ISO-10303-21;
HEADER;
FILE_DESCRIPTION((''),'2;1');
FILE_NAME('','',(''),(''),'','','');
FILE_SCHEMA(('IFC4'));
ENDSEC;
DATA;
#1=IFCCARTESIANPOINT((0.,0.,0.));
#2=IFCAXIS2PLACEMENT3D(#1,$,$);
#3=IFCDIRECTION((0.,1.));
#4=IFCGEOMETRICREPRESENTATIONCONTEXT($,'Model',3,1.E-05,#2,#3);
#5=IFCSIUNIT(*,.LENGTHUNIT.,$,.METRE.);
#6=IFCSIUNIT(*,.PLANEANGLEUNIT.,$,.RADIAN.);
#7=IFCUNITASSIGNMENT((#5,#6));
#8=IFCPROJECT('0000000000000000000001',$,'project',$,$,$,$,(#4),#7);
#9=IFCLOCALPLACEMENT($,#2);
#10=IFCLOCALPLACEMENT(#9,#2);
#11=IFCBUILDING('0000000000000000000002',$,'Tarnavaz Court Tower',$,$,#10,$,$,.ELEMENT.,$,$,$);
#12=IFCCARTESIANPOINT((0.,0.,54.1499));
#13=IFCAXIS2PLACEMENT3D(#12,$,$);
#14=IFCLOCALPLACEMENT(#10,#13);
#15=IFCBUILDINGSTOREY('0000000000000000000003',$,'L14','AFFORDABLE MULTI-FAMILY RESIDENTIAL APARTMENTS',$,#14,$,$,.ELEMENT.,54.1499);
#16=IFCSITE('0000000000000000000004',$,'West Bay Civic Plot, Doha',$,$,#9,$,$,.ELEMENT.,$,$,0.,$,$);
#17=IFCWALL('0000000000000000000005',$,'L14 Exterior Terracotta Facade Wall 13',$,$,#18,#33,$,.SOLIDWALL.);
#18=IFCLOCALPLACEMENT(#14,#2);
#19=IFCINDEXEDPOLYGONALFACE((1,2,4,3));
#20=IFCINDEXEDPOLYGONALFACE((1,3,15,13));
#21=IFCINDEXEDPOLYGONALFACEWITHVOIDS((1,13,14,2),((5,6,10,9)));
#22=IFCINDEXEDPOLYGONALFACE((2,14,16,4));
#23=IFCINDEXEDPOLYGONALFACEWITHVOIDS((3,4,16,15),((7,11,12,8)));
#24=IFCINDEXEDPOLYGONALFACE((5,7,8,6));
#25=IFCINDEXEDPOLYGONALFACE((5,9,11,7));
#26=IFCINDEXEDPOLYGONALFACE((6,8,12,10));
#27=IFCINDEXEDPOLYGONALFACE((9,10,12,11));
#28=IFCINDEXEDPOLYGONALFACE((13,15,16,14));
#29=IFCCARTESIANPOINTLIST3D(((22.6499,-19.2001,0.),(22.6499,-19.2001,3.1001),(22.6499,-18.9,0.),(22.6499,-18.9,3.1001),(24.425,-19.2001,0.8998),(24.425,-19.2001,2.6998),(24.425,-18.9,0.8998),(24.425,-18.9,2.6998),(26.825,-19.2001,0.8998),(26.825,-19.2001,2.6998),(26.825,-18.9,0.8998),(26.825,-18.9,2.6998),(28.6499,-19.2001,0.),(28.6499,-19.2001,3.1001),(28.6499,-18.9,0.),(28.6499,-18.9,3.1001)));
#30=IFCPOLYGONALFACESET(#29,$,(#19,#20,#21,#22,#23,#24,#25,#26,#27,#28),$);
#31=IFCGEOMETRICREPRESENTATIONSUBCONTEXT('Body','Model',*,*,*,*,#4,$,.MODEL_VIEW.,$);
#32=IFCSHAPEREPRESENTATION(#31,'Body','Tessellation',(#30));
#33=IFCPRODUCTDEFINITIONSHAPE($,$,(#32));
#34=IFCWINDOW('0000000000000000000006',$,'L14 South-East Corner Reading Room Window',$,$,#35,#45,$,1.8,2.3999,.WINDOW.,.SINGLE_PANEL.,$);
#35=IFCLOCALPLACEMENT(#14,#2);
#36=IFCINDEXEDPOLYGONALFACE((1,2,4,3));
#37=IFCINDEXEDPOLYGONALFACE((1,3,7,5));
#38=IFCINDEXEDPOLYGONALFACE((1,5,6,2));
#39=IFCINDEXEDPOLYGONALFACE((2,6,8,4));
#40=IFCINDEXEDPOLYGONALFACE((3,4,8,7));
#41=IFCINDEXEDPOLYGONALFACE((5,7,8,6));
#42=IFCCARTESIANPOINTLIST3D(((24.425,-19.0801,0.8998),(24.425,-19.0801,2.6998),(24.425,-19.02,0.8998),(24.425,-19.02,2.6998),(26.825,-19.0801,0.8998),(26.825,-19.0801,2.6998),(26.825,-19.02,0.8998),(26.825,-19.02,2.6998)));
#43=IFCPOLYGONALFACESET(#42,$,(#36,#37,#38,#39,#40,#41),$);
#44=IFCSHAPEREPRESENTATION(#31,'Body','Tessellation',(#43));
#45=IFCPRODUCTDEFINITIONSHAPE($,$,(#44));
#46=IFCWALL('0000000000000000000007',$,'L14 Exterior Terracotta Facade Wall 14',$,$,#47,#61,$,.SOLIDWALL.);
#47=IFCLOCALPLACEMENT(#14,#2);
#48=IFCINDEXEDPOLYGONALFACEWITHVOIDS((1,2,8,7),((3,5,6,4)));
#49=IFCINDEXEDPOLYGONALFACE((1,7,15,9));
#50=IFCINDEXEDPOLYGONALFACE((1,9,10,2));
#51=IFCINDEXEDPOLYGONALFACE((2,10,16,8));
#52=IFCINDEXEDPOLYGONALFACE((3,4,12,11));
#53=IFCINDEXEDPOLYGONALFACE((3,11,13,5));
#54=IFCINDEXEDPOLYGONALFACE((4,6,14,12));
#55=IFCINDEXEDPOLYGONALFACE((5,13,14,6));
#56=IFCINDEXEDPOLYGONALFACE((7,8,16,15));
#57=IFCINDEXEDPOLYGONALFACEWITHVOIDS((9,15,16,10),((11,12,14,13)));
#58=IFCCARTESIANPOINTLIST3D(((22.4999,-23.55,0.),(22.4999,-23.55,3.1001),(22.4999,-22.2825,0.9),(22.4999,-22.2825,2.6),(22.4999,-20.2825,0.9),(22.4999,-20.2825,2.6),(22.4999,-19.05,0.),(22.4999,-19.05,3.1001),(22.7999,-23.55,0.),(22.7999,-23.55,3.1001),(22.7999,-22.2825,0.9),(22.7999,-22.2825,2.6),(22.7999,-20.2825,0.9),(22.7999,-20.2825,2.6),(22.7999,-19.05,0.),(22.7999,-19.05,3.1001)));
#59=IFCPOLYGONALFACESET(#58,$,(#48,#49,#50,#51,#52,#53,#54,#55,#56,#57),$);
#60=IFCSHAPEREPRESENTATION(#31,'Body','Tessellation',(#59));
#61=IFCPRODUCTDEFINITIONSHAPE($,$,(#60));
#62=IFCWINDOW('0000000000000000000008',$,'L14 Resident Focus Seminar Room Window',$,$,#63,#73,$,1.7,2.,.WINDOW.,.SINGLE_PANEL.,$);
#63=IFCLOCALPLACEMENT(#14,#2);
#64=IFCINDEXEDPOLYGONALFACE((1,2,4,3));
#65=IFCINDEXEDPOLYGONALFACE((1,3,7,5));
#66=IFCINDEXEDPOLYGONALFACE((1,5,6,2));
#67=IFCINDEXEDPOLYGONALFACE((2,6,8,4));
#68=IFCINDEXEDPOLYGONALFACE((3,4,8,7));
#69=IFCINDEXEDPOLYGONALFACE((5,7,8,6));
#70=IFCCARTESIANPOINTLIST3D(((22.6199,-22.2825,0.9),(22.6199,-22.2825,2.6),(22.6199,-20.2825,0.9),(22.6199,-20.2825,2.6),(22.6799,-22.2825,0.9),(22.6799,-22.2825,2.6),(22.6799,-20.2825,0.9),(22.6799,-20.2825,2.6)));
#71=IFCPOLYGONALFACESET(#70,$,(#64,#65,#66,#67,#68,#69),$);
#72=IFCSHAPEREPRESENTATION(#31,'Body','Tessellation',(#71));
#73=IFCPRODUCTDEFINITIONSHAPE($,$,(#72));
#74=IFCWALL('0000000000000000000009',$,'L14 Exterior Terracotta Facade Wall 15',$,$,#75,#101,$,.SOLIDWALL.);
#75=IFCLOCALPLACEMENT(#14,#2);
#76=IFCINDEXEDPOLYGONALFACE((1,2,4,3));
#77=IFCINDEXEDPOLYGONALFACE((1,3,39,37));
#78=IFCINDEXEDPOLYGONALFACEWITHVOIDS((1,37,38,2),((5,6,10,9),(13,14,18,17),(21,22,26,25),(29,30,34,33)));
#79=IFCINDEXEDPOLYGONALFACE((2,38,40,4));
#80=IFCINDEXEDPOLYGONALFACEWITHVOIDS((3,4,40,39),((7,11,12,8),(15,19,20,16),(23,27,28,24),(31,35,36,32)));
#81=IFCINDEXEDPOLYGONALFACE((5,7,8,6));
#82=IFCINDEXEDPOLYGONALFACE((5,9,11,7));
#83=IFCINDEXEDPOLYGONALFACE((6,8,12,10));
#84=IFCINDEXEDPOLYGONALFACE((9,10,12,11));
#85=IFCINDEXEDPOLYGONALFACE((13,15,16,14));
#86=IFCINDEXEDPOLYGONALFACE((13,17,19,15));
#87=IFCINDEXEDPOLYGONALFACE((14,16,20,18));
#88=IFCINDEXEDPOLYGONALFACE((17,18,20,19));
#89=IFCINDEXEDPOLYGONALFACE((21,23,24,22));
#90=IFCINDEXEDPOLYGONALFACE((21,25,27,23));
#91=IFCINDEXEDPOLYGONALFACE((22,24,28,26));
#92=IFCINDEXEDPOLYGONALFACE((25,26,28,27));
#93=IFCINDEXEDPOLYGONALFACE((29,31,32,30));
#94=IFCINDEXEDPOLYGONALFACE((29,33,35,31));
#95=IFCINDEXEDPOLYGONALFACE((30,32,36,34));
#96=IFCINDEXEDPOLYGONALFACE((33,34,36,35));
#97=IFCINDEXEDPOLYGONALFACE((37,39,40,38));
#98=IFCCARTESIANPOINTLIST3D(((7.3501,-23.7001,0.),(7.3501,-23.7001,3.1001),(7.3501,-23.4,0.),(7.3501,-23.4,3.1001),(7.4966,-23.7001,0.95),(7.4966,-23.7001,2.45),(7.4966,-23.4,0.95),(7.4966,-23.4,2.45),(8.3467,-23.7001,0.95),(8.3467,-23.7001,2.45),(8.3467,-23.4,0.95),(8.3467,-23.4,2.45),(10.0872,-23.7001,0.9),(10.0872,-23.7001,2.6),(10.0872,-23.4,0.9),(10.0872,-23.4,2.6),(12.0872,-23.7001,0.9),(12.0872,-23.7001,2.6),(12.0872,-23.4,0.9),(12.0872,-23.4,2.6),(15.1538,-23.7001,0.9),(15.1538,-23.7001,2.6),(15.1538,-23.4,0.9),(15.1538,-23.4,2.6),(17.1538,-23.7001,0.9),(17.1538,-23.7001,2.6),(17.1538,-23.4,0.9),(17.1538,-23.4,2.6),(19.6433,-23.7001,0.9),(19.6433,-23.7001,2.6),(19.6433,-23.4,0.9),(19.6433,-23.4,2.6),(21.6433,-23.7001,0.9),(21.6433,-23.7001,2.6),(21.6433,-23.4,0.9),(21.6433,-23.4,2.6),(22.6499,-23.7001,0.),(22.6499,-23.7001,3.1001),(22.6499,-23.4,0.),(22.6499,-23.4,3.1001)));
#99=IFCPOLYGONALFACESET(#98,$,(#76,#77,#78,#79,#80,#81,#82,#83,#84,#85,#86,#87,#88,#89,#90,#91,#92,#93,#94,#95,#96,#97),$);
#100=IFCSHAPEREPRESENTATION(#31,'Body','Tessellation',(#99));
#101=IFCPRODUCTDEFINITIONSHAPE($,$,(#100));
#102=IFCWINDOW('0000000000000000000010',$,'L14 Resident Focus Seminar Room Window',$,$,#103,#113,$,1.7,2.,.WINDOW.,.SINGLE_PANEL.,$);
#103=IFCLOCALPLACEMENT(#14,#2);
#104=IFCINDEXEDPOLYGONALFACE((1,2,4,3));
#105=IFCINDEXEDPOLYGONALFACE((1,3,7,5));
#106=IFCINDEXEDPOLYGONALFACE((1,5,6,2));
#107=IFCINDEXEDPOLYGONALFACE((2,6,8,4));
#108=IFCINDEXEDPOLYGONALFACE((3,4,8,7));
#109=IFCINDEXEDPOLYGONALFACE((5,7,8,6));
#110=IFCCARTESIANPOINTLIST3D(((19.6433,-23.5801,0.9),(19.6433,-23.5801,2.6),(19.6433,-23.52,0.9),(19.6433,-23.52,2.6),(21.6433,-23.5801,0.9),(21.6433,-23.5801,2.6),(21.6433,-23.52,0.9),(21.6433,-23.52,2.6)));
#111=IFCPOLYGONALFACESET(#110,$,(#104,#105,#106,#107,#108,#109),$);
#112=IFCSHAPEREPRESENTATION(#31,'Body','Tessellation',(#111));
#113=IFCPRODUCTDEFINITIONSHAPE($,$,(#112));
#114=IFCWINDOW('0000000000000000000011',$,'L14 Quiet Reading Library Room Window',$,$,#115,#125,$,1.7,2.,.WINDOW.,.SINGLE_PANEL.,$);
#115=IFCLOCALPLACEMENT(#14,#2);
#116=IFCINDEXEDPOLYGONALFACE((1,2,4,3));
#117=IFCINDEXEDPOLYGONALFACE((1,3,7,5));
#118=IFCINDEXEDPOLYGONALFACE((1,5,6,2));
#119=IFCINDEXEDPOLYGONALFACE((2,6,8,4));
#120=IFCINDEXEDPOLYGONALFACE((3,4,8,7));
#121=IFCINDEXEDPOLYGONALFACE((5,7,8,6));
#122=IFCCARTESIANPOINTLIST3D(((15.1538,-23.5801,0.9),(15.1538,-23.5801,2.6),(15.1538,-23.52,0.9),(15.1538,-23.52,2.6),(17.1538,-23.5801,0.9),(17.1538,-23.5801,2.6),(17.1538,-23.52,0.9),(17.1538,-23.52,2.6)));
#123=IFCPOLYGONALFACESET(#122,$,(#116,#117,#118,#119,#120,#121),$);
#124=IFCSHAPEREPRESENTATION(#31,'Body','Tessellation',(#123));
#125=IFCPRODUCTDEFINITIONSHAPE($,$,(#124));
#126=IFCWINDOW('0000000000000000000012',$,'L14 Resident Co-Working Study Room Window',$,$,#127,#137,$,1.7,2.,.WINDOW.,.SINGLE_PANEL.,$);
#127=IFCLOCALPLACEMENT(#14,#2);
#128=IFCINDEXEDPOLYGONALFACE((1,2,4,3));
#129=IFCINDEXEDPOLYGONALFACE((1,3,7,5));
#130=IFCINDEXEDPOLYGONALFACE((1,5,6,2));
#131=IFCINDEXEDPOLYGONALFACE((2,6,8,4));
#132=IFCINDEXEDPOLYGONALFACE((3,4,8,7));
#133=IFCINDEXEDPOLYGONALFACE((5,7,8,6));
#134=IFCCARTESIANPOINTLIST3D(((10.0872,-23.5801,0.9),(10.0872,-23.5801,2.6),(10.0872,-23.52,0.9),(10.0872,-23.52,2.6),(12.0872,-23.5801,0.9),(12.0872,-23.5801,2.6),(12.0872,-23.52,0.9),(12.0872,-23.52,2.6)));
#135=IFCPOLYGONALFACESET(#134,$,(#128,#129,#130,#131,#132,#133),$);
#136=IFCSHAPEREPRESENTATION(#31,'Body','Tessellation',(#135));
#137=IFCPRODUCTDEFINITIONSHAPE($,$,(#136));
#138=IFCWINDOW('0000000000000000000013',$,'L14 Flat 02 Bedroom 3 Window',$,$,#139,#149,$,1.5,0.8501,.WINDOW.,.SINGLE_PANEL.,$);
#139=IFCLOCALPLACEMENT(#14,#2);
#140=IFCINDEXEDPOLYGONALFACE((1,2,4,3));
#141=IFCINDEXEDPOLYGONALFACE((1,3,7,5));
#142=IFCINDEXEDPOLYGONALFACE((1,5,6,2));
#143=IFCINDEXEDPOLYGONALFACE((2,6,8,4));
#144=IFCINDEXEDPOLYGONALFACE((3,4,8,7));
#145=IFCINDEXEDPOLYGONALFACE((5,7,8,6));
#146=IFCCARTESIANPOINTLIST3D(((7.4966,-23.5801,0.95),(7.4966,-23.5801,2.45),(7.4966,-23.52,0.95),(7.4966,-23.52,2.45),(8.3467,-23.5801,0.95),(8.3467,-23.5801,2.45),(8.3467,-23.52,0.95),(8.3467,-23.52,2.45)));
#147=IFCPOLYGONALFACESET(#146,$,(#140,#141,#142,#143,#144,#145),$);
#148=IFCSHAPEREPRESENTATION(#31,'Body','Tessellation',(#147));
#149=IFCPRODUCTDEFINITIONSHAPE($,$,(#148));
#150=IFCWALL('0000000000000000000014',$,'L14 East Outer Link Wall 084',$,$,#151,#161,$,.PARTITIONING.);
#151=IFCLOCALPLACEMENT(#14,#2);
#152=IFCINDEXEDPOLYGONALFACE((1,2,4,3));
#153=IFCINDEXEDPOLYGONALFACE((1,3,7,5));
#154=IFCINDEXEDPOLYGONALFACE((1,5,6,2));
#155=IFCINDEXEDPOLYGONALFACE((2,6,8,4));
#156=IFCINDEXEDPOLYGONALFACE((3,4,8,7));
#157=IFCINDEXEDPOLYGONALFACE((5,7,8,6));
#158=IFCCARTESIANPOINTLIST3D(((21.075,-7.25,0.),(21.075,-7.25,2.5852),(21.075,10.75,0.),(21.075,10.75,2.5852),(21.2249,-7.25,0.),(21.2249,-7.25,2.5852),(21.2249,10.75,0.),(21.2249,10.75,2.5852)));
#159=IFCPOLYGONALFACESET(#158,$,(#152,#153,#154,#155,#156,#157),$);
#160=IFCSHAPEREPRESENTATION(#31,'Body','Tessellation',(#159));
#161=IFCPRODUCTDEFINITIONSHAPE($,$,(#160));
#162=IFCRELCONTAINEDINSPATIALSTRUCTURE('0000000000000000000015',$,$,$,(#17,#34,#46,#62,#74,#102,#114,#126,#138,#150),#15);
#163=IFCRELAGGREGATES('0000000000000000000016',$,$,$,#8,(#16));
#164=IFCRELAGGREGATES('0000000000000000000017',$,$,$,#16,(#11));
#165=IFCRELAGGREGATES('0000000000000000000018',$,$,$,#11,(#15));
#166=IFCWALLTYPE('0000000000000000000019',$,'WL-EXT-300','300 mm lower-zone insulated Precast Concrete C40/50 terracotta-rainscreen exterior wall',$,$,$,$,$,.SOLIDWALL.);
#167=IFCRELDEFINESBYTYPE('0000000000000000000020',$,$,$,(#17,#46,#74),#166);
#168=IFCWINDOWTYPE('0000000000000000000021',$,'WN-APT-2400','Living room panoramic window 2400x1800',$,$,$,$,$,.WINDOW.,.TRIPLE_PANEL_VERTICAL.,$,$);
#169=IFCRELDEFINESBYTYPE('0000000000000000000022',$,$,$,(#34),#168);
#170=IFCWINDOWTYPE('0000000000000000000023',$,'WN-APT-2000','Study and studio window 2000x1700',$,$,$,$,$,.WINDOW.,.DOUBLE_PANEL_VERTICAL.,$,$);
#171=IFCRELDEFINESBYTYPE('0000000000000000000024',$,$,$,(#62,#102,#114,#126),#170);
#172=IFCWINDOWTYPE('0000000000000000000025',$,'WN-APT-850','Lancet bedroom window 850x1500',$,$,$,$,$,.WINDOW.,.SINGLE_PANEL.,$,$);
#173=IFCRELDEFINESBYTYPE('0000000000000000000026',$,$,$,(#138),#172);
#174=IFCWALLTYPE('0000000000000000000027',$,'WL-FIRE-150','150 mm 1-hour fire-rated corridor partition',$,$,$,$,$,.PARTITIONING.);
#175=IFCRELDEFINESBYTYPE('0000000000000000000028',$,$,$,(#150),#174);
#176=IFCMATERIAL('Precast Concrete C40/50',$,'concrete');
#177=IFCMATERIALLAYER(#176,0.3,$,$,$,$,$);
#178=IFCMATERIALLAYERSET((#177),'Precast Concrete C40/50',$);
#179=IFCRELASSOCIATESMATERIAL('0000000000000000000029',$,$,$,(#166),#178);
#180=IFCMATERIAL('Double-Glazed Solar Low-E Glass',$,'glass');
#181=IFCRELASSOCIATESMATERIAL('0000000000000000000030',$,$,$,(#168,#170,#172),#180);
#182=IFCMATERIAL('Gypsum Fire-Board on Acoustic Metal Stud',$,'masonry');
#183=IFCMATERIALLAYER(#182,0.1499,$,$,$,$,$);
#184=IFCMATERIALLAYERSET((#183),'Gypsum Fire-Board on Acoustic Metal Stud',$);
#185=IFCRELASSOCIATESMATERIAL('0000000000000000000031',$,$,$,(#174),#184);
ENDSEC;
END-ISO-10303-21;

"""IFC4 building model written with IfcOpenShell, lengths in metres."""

from ifc_helpers import new_model, si_unit, direction, frame, frame_2d, origin, place, context, subcontext, project, spatial, rectangle, extrude, material, layer, layer_set, type_object, element, fill, save


model = new_model("IFC4")

# Units and contexts
model_context = context("Model", 3, precision=1e-05, world=origin(), true_north=direction((0.0, 1.0)))
body_context = subcontext(model_context, "Body", "Model", "MODEL_VIEW")
ifc_project = project(units=[si_unit("LENGTHUNIT", "METRE"), si_unit("PLANEANGLEUNIT", "RADIAN")], contexts=[model_context])

# Site, building, storey
site_placement = place(None, origin())
site = spatial("IfcSite", under=ifc_project, at=site_placement, Name="West Bay Civic Plot, Doha", CompositionType="ELEMENT", RefElevation=0.0)
building_placement = place(site_placement, origin())
building = spatial("IfcBuilding", under=site, at=building_placement, Name="Tarnavaz Court Tower", CompositionType="ELEMENT")
storey_placement = place(building_placement, frame((0.0, 0.0, 54.1499)))
storey = spatial("IfcBuildingStorey", under=building, at=storey_placement, Name="L14", Description="AFFORDABLE MULTI-FAMILY RESIDENTIAL APARTMENTS", CompositionType="ELEMENT", Elevation=54.1499)

# Walls, openings, windows
ifc_material_1 = material(Name="Precast Concrete C40/50", Category="concrete")
ifc_layer_1 = layer(ifc_material_1, 0.3)
ifc_layer_set_1 = layer_set([ifc_layer_1], Name="Precast Concrete C40/50")
wall_type_1 = type_object("IfcWallType", Name="WL-EXT-300", Description="300 mm lower-zone insulated Precast Concrete C40/50 terracotta-rainscreen exterior wall", PredefinedType="SOLIDWALL", material=ifc_layer_set_1)
wall_1_placement = place(storey_placement, frame((28.6499, -19.05, 0.0), z_axis=(0.0, 0.0, 1.0), x_axis=(-1.0, 0.0, 0.0)))
wall_1 = element("IfcWall", 1, at=wall_1_placement, inside=storey, type_object=wall_type_1, Name="L14 Exterior Terracotta Facade Wall 13", PredefinedType="SOLIDWALL", context=body_context, shape_type="SweptSolid", body=[
    extrude(rectangle(XDim=6.0, YDim=0.3, at=frame_2d((3.0, 0.0))), origin(), (0.0, 0.0, 1.0), 3.1001),
])
opening_1_placement = place(wall_1_placement, frame((1.825, 0.0, 0.8999)))
opening_1 = element("IfcOpeningElement", 2, at=opening_1_placement, cuts=wall_1, PredefinedType="OPENING", context=body_context, shape_type="SweptSolid", body=[
    extrude(rectangle(XDim=2.3999, YDim=1.8, at=frame_2d((1.2, 0.8999))), frame((0.0, 0.1599, 0.0), z_axis=(0.0, -1.0, 0.0), x_axis=(1.0, 0.0, 0.0)), (0.0, 0.0, 1.0), 0.3201),
])
ifc_material_2 = material(Name="Double-Glazed Solar Low-E Glass", Category="glass")
window_type_1 = type_object("IfcWindowType", Name="WN-APT-2400", Description="Living room panoramic window 2400x1800", PartitioningType="TRIPLE_PANEL_VERTICAL", PredefinedType="WINDOW", material=ifc_material_2)
window_1_placement = place(opening_1_placement, origin())
window_1 = element("IfcWindow", 3, at=window_1_placement, inside=storey, type_object=window_type_1, Name="L14 South-East Corner Reading Room Window", OverallHeight=1.8, OverallWidth=2.3999, PartitioningType="SINGLE_PANEL", PredefinedType="WINDOW", context=body_context, shape_type="SweptSolid", body=[
    extrude(rectangle(XDim=2.3999, YDim=1.8, at=frame_2d((1.2, 0.8999))), frame((0.0, 0.03, 0.0), z_axis=(0.0, -1.0, 0.0), x_axis=(1.0, 0.0, 0.0)), (0.0, 0.0, 1.0), 0.0601),
])
fill(opening_1, window_1)
wall_2_placement = place(storey_placement, frame((22.6499, -19.05, 0.0), z_axis=(0.0, 0.0, 1.0), x_axis=(0.0, -1.0, 0.0)))
wall_2 = element("IfcWall", 4, at=wall_2_placement, inside=storey, type_object=wall_type_1, Name="L14 Exterior Terracotta Facade Wall 14", PredefinedType="SOLIDWALL", context=body_context, shape_type="SweptSolid", body=[
    extrude(rectangle(XDim=4.5, YDim=0.3, at=frame_2d((2.25, 0.0))), origin(), (0.0, 0.0, 1.0), 3.1001),
])
opening_2_placement = place(wall_2_placement, frame((1.2324, 0.0, 0.8999)))
opening_2 = element("IfcOpeningElement", 5, at=opening_2_placement, cuts=wall_2, PredefinedType="OPENING", context=body_context, shape_type="SweptSolid", body=[
    extrude(rectangle(XDim=2.0, YDim=1.7, at=frame_2d((1.0, 0.8501))), frame((0.0, 0.1599, 0.0), z_axis=(0.0, -1.0, 0.0), x_axis=(1.0, 0.0, 0.0)), (0.0, 0.0, 1.0), 0.3201),
])
window_type_2 = type_object("IfcWindowType", Name="WN-APT-2000", Description="Study and studio window 2000x1700", PartitioningType="DOUBLE_PANEL_VERTICAL", PredefinedType="WINDOW", material=ifc_material_2)
window_2_placement = place(opening_2_placement, origin())
window_2 = element("IfcWindow", 6, at=window_2_placement, inside=storey, type_object=window_type_2, Name="L14 Resident Focus Seminar Room Window", OverallHeight=1.7, OverallWidth=2.0, PartitioningType="SINGLE_PANEL", PredefinedType="WINDOW", context=body_context, shape_type="SweptSolid", body=[
    extrude(rectangle(XDim=2.0, YDim=1.7, at=frame_2d((1.0, 0.8501))), frame((0.0, 0.03, 0.0), z_axis=(0.0, -1.0, 0.0), x_axis=(1.0, 0.0, 0.0)), (0.0, 0.0, 1.0), 0.0601),
])
fill(opening_2, window_2)

# Wall, openings, windows
wall_3_placement = place(storey_placement, frame((22.6499, -23.55, 0.0), z_axis=(0.0, 0.0, 1.0), x_axis=(-1.0, 0.0, 0.0)))
wall_3 = element("IfcWall", 7, at=wall_3_placement, inside=storey, type_object=wall_type_1, Name="L14 Exterior Terracotta Facade Wall 15", PredefinedType="SOLIDWALL", context=body_context, shape_type="SweptSolid", body=[
    extrude(rectangle(XDim=15.2998, YDim=0.3, at=frame_2d((7.6499, 0.0))), origin(), (0.0, 0.0, 1.0), 3.1001),
])
opening_3_placement = place(wall_3_placement, frame((1.0066, 0.0, 0.8999)))
opening_3 = element("IfcOpeningElement", 8, at=opening_3_placement, cuts=wall_3, PredefinedType="OPENING", context=body_context, shape_type="SweptSolid", body=[
    extrude(rectangle(XDim=2.0, YDim=1.7, at=frame_2d((1.0, 0.8501))), frame((0.0, 0.1599, 0.0), z_axis=(0.0, -1.0, 0.0), x_axis=(1.0, 0.0, 0.0)), (0.0, 0.0, 1.0), 0.3201),
])
opening_4_placement = place(wall_3_placement, frame((5.4961, 0.0, 0.8999)))
opening_4 = element("IfcOpeningElement", 9, at=opening_4_placement, cuts=wall_3, PredefinedType="OPENING", context=body_context, shape_type="SweptSolid", body=[
    extrude(rectangle(XDim=2.0, YDim=1.7, at=frame_2d((1.0, 0.8501))), frame((0.0, 0.1599, 0.0), z_axis=(0.0, -1.0, 0.0), x_axis=(1.0, 0.0, 0.0)), (0.0, 0.0, 1.0), 0.3201),
])
opening_5_placement = place(wall_3_placement, frame((10.5627, 0.0, 0.8999)))
opening_5 = element("IfcOpeningElement", 10, at=opening_5_placement, cuts=wall_3, PredefinedType="OPENING", context=body_context, shape_type="SweptSolid", body=[
    extrude(rectangle(XDim=2.0, YDim=1.7, at=frame_2d((1.0, 0.8501))), frame((0.0, 0.1599, 0.0), z_axis=(0.0, -1.0, 0.0), x_axis=(1.0, 0.0, 0.0)), (0.0, 0.0, 1.0), 0.3201),
])
opening_6_placement = place(wall_3_placement, frame((14.3032, 0.0, 0.95)))
opening_6 = element("IfcOpeningElement", 11, at=opening_6_placement, cuts=wall_3, PredefinedType="OPENING", context=body_context, shape_type="SweptSolid", body=[
    extrude(rectangle(XDim=0.8501, YDim=1.5, at=frame_2d((0.425, 0.75))), frame((0.0, 0.1599, 0.0), z_axis=(0.0, -1.0, 0.0), x_axis=(1.0, 0.0, 0.0)), (0.0, 0.0, 1.0), 0.3201),
])
window_3_placement = place(opening_3_placement, origin())
window_3 = element("IfcWindow", 12, at=window_3_placement, inside=storey, type_object=window_type_2, Name="L14 Resident Focus Seminar Room Window", OverallHeight=1.7, OverallWidth=2.0, PartitioningType="SINGLE_PANEL", PredefinedType="WINDOW", context=body_context, shape_type="SweptSolid", body=[
    extrude(rectangle(XDim=2.0, YDim=1.7, at=frame_2d((1.0, 0.8501))), frame((0.0, 0.03, 0.0), z_axis=(0.0, -1.0, 0.0), x_axis=(1.0, 0.0, 0.0)), (0.0, 0.0, 1.0), 0.0601),
])
fill(opening_3, window_3)
window_4_placement = place(opening_4_placement, origin())
window_4 = element("IfcWindow", 13, at=window_4_placement, inside=storey, type_object=window_type_2, Name="L14 Quiet Reading Library Room Window", OverallHeight=1.7, OverallWidth=2.0, PartitioningType="SINGLE_PANEL", PredefinedType="WINDOW", context=body_context, shape_type="SweptSolid", body=[
    extrude(rectangle(XDim=2.0, YDim=1.7, at=frame_2d((1.0, 0.8501))), frame((0.0, 0.03, 0.0), z_axis=(0.0, -1.0, 0.0), x_axis=(1.0, 0.0, 0.0)), (0.0, 0.0, 1.0), 0.0601),
])
fill(opening_4, window_4)
window_5_placement = place(opening_5_placement, origin())
window_5 = element("IfcWindow", 14, at=window_5_placement, inside=storey, type_object=window_type_2, Name="L14 Resident Co-Working Study Room Window", OverallHeight=1.7, OverallWidth=2.0, PartitioningType="SINGLE_PANEL", PredefinedType="WINDOW", context=body_context, shape_type="SweptSolid", body=[
    extrude(rectangle(XDim=2.0, YDim=1.7, at=frame_2d((1.0, 0.8501))), frame((0.0, 0.03, 0.0), z_axis=(0.0, -1.0, 0.0), x_axis=(1.0, 0.0, 0.0)), (0.0, 0.0, 1.0), 0.0601),
])
fill(opening_5, window_5)
window_type_3 = type_object("IfcWindowType", Name="WN-APT-850", Description="Lancet bedroom window 850x1500", PartitioningType="SINGLE_PANEL", PredefinedType="WINDOW", material=ifc_material_2)
window_6_placement = place(opening_6_placement, origin())
window_6 = element("IfcWindow", 15, at=window_6_placement, inside=storey, type_object=window_type_3, Name="L14 Flat 02 Bedroom 3 Window", OverallHeight=1.5, OverallWidth=0.8501, PartitioningType="SINGLE_PANEL", PredefinedType="WINDOW", context=body_context, shape_type="SweptSolid", body=[
    extrude(rectangle(XDim=0.8501, YDim=1.5, at=frame_2d((0.425, 0.75))), frame((0.0, 0.03, 0.0), z_axis=(0.0, -1.0, 0.0), x_axis=(1.0, 0.0, 0.0)), (0.0, 0.0, 1.0), 0.0601),
])
fill(opening_6, window_6)

# Wall
ifc_material_3 = material(Name="Gypsum Fire-Board on Acoustic Metal Stud", Category="masonry")
ifc_layer_2 = layer(ifc_material_3, 0.1499)
ifc_layer_set_2 = layer_set([ifc_layer_2], Name="Gypsum Fire-Board on Acoustic Metal Stud")
wall_type_2 = type_object("IfcWallType", Name="WL-FIRE-150", Description="150 mm 1-hour fire-rated corridor partition", PredefinedType="PARTITIONING", material=ifc_layer_set_2)
wall_4_placement = place(storey_placement, frame((21.1499, -7.25, 0.0), z_axis=(0.0, 0.0, 1.0), x_axis=(0.0, 1.0, 0.0)))
element("IfcWall", 16, at=wall_4_placement, inside=storey, type_object=wall_type_2, Name="L14 East Outer Link Wall 084", PredefinedType="PARTITIONING", context=body_context, shape_type="SweptSolid", body=[
    extrude(rectangle(XDim=18.0, YDim=0.1499, at=frame_2d((9.0, 0.0))), origin(), (0.0, 0.0, 1.0), 2.5852),
])

save(model, "model.ifc")
